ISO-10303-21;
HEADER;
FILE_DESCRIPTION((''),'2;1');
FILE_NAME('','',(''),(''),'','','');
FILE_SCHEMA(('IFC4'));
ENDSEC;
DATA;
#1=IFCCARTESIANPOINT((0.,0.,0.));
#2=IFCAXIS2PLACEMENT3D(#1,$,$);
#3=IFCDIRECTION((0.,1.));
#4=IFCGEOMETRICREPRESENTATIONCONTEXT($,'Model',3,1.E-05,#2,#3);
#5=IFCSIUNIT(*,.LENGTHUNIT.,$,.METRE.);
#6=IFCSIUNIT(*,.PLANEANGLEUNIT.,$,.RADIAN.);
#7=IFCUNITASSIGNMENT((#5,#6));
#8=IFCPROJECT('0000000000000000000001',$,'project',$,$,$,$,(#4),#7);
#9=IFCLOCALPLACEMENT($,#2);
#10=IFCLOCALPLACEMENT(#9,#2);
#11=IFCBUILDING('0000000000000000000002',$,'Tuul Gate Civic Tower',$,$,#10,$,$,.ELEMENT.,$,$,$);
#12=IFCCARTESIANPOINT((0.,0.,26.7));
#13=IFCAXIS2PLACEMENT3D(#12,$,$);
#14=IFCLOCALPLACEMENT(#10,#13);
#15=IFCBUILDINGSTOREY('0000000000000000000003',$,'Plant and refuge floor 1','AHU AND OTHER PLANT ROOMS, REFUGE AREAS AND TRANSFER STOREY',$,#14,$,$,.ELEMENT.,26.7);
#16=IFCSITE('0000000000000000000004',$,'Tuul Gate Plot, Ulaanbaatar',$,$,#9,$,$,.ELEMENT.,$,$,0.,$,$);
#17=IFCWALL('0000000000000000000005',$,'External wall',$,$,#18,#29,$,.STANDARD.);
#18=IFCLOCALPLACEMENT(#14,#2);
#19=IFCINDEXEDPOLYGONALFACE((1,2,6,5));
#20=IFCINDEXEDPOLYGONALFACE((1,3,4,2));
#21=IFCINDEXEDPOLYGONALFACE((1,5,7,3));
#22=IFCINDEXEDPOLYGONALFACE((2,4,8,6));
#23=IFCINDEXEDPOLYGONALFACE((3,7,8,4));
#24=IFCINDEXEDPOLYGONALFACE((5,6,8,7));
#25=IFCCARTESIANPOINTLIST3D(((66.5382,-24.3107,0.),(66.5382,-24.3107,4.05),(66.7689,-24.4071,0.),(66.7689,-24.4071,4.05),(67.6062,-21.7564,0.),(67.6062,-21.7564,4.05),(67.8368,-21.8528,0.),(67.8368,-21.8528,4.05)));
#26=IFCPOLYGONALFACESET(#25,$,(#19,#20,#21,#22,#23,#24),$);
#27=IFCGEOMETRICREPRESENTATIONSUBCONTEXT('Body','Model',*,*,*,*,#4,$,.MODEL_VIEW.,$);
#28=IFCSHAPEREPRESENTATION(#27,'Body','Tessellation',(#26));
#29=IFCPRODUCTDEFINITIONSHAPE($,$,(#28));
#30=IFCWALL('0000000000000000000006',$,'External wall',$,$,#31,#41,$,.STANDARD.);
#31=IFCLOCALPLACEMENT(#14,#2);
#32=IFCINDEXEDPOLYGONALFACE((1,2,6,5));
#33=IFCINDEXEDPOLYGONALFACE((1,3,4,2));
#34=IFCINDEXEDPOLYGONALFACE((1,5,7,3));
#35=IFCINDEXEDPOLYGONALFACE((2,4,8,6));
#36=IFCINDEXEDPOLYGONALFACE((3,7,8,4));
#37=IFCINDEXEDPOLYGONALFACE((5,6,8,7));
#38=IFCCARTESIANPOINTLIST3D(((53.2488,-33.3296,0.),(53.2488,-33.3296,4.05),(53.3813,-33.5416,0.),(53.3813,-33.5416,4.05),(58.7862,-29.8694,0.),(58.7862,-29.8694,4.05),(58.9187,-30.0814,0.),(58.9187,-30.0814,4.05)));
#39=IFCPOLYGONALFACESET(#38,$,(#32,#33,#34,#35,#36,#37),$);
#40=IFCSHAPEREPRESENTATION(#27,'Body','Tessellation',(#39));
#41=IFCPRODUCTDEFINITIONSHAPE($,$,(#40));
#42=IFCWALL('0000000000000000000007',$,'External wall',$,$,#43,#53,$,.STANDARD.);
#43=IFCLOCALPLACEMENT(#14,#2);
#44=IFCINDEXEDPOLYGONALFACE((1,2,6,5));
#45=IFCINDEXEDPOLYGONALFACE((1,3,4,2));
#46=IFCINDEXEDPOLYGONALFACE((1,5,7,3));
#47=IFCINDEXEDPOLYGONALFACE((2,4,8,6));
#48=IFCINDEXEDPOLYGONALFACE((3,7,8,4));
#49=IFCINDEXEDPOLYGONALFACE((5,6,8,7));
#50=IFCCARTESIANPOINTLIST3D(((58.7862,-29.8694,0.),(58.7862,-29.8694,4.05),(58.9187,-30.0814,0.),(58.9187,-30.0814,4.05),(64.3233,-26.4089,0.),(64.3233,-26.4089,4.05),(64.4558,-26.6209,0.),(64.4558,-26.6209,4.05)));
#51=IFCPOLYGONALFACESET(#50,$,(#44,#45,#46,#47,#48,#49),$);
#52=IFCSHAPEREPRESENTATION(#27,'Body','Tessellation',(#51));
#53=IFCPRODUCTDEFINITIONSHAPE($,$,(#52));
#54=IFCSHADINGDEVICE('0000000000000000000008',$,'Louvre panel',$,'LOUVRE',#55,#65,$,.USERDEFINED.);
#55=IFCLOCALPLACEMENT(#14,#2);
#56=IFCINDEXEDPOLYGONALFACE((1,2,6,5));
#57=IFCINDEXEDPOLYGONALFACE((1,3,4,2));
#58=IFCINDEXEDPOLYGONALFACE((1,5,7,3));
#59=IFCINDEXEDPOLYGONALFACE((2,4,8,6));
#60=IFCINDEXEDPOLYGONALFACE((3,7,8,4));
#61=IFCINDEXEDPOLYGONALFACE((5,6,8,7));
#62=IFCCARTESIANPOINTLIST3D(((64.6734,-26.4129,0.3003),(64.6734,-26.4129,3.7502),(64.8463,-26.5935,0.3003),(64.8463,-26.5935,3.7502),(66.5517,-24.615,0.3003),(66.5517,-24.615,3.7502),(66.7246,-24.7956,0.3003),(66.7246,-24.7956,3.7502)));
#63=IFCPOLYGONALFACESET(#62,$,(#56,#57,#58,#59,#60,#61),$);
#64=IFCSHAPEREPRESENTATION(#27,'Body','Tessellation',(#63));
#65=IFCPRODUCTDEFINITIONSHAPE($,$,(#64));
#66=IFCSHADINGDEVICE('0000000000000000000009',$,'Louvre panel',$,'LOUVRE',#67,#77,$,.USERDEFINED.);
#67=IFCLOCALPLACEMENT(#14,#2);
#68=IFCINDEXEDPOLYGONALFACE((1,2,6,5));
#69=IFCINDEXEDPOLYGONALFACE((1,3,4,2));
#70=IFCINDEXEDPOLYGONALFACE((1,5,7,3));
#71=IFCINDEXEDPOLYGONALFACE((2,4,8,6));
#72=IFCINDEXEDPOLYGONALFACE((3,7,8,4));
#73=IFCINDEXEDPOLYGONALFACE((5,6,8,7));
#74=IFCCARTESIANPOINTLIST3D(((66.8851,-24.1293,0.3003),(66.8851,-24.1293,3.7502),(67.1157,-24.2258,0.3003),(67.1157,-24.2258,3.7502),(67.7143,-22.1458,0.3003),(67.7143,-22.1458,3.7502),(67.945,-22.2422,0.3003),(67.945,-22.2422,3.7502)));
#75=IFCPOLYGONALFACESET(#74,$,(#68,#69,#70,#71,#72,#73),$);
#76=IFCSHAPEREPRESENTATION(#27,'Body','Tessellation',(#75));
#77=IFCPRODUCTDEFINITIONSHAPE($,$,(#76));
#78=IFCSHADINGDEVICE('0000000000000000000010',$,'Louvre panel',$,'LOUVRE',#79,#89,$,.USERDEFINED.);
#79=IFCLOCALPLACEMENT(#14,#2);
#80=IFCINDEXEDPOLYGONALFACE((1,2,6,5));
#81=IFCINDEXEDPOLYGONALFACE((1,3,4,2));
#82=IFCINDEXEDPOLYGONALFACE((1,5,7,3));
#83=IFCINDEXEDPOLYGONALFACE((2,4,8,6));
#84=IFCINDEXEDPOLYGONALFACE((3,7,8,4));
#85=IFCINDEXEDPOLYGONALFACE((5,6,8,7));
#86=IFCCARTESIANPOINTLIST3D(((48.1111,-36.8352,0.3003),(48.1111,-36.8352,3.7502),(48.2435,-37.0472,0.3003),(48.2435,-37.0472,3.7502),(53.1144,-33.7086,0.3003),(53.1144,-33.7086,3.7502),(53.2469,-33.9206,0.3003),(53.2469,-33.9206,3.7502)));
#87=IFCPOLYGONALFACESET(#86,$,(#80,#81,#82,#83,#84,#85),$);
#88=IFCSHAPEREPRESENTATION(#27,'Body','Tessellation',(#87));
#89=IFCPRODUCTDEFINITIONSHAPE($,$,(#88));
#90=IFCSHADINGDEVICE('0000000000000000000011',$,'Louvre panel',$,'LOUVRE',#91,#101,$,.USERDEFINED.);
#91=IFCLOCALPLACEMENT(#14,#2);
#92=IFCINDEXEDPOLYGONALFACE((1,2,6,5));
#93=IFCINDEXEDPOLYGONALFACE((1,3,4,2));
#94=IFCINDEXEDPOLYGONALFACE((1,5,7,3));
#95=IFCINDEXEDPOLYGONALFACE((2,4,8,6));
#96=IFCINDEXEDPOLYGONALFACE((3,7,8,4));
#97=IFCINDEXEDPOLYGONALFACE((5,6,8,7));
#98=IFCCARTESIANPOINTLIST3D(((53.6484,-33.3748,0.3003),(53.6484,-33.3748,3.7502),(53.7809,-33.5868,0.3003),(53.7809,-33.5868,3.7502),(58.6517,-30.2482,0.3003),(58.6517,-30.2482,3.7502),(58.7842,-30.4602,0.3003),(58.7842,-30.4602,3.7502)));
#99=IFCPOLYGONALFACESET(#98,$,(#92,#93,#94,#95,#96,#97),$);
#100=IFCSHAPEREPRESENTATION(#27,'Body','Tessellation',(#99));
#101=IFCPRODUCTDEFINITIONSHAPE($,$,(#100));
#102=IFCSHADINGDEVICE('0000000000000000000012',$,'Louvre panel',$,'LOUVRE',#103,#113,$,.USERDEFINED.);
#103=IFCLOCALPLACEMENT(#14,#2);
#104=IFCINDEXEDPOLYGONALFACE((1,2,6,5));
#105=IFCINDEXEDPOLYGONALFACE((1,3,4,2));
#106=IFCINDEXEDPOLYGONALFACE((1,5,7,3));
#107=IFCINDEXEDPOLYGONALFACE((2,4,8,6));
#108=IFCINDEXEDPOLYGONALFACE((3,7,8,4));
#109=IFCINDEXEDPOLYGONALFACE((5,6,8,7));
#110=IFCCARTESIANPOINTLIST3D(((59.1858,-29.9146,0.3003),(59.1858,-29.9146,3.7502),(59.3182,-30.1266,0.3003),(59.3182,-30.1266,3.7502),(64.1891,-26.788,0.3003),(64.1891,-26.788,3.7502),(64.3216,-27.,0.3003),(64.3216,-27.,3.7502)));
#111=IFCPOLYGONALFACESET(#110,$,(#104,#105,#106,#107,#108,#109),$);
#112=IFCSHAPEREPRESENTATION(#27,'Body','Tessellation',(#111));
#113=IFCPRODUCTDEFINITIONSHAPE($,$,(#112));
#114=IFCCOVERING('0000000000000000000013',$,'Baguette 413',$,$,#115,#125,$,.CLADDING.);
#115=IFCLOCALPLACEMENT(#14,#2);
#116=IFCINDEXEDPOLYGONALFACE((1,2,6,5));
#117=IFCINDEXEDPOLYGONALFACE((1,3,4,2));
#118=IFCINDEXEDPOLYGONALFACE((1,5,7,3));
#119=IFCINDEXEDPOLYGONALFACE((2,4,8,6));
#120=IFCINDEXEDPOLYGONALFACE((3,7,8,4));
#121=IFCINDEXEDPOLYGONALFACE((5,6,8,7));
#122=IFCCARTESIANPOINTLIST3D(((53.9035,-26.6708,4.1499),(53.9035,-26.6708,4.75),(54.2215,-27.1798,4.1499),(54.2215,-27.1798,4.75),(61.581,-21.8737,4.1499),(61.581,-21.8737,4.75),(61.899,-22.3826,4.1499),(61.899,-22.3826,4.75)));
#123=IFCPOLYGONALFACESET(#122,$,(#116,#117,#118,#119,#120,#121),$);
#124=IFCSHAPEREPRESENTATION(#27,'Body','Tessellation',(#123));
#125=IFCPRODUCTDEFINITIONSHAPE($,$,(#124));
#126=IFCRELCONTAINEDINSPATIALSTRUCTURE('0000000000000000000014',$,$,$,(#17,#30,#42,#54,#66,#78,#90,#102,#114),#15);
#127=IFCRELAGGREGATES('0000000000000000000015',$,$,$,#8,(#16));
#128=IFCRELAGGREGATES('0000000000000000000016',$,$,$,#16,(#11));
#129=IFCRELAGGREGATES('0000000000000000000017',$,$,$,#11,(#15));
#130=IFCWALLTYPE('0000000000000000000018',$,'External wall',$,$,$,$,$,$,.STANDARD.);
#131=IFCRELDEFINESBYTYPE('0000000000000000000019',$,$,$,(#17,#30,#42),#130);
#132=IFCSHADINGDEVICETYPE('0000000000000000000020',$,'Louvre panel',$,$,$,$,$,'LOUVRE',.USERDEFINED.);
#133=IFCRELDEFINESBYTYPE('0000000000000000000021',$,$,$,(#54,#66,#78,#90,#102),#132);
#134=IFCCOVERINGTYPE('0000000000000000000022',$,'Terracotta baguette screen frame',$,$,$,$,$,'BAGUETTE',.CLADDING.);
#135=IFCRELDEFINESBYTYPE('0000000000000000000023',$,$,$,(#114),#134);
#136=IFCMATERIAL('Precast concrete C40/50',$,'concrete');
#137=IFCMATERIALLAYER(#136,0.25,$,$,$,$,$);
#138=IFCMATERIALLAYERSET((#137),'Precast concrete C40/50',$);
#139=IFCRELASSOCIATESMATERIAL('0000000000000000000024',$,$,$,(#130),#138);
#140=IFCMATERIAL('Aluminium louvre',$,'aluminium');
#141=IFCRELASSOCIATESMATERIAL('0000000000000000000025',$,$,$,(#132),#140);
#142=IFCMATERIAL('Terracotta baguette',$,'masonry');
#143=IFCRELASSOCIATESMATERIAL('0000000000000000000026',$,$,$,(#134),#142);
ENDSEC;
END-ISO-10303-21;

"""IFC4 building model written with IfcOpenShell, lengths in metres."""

from ifc_helpers import new_model, si_unit, direction, frame, frame_2d, origin, origin_2d, place, context, subcontext, project, spatial, rectangle, extrude, material, layer, layer_set, material_profile, profile_set, type_object, element, save


model = new_model("IFC4")

# Units and contexts
model_context = context("Model", 3, precision=1e-05, world=origin(), true_north=direction((0.0, 1.0)))
body_context = subcontext(model_context, "Body", "Model", "MODEL_VIEW")
ifc_project = project(units=[si_unit("LENGTHUNIT", "METRE"), si_unit("PLANEANGLEUNIT", "RADIAN")], contexts=[model_context])

# Site, building, storey
site_placement = place(None, origin())
site = spatial("IfcSite", under=ifc_project, at=site_placement, Name="Tuul Gate Plot, Ulaanbaatar", CompositionType="ELEMENT", RefElevation=0.0)
building_placement = place(site_placement, origin())
building = spatial("IfcBuilding", under=site, at=building_placement, Name="Tuul Gate Civic Tower", CompositionType="ELEMENT")
storey_placement = place(building_placement, frame((0.0, 0.0, 26.7)))
storey = spatial("IfcBuildingStorey", under=building, at=storey_placement, Name="Plant and refuge floor 1", Description="AHU AND OTHER PLANT ROOMS, REFUGE AREAS AND TRANSFER STOREY", CompositionType="ELEMENT", Elevation=26.7)

# Walls
ifc_material_1 = material(Name="Precast concrete C40/50", Category="concrete")
ifc_layer = layer(ifc_material_1, 0.25)
ifc_layer_set = layer_set([ifc_layer], Name="Precast concrete C40/50")
wall_type = type_object("IfcWallType", Name="External wall", PredefinedType="STANDARD", material=ifc_layer_set)
wall_1_placement = place(storey_placement, frame((66.6536, -24.3589, 0.0), z_axis=(0.0, 0.0, 1.0), x_axis=(0.38573, 0.922612, 0.0)))
element("IfcWall", 1, at=wall_1_placement, inside=storey, type_object=wall_type, Name="External wall", PredefinedType="STANDARD", context=body_context, shape_type="SweptSolid", body=[
    extrude(rectangle(XDim=2.7686, YDim=0.25, at=frame_2d((1.3843, 0.0))), origin(), (0.0, 0.0, 1.0), 4.05),
])
for number, where, z_axis, x_axis, name in (
    (2, (53.3152, -33.4355, 0.0), (0.0, 0.0, 1.0), (0.848042, 0.529928, 0.0), "External wall"),
    (3, (58.8525, -29.9753, 0.0), (0.0, 0.0, 1.0), (0.848015, 0.529972, 0.0), "External wall"),
):
    element("IfcWall", number, at=place(storey_placement, frame(where, z_axis=z_axis, x_axis=x_axis)), inside=storey, type_object=wall_type, Name=name, PredefinedType="STANDARD", context=body_context, shape_type="SweptSolid", body=[
        extrude(rectangle(XDim=6.5295, YDim=0.25, at=frame_2d((3.2646, 0.0))), origin(), (0.0, 0.0, 1.0), 4.05),
    ])

# Shading devices
ifc_material_2 = material(Name="Aluminium louvre", Category="aluminium")
shading_device_type = type_object("IfcShadingDeviceType", Name="Louvre panel", ElementType="LOUVRE", PredefinedType="USERDEFINED", material=ifc_material_2)
shading_device_1_placement = place(storey_placement, frame((65.699, -25.6042, 0.3003), z_axis=(0.0, 0.0, 1.0), x_axis=(0.691478, -0.722398, 0.0)))
element("IfcShadingDevice", 4, at=shading_device_1_placement, inside=storey, type_object=shading_device_type, Name="Louvre panel", ObjectType="LOUVRE", PredefinedType="USERDEFINED", context=body_context, shape_type="SweptSolid", body=[
    extrude(rectangle(XDim=0.25, YDim=2.6001, at=origin_2d()), origin(), (0.0, 0.0, 1.0), 3.45),
])
shading_device_2_placement = place(storey_placement, frame((67.415, -23.1858, 0.3003), z_axis=(0.0, 0.0, 1.0), x_axis=(0.922614, -0.385724, 0.0)))
element("IfcShadingDevice", 5, at=shading_device_2_placement, inside=storey, type_object=shading_device_type, Name="Louvre panel", ObjectType="LOUVRE", PredefinedType="USERDEFINED", context=body_context, shape_type="SweptSolid", body=[
    extrude(rectangle(XDim=0.25, YDim=2.1499, at=origin_2d()), origin(), (0.0, 0.0, 1.0), 3.45),
])
for number, where, z_axis, x_axis, name in (
    (6, (50.679, -35.3779, 0.3003), (0.0, 0.0, 1.0), (0.529944, -0.848033, 0.0), "Louvre panel"),
    (7, (56.2163, -31.9175, 0.3003), (0.0, 0.0, 1.0), (0.529944, -0.848033, 0.0), "Louvre panel"),
    (8, (61.7537, -28.4573, 0.3003), (0.0, 0.0, 1.0), (0.529944, -0.848033, 0.0), "Louvre panel"),
):
    element("IfcShadingDevice", number, at=place(storey_placement, frame(where, z_axis=z_axis, x_axis=x_axis)), inside=storey, type_object=shading_device_type, Name=name, ObjectType="LOUVRE", PredefinedType="USERDEFINED", context=body_context, shape_type="SweptSolid", body=[
        extrude(rectangle(XDim=0.25, YDim=5.8999, at=origin_2d()), origin(), (0.0, 0.0, 1.0), 3.45),
    ])

# Covering
ifc_material_3 = material(Name="Terracotta baguette", Category="masonry")
ifc_material_profile_1 = material_profile(ifc_material_3, rectangle(XDim=0.6001, YDim=0.6001, at=origin_2d()), Name="Terracotta baguette screen frame")
ifc_profile_set_1 = profile_set([ifc_material_profile_1], Name="Terracotta baguette")
covering_type = type_object("IfcCoveringType", Name="Terracotta baguette screen frame", ElementType="BAGUETTE", PredefinedType="CLADDING", material=ifc_profile_set_1)
covering_placement = place(storey_placement, frame((54.0625, -26.9253, 4.45), z_axis=(0.848063, 0.529895, 0.0), x_axis=(-0.529895, 0.848063, 0.0)))
element("IfcCovering", 9, at=covering_placement, inside=storey, type_object=covering_type, Name="Baguette 413", PredefinedType="CLADDING", context=body_context, shape_type="SweptSolid", body=[
    extrude(rectangle(XDim=0.6001, YDim=0.6001, at=origin_2d()), origin(), (0.0, 0.0, 1.0), 9.053),
])

save(model, "model.ifc")
